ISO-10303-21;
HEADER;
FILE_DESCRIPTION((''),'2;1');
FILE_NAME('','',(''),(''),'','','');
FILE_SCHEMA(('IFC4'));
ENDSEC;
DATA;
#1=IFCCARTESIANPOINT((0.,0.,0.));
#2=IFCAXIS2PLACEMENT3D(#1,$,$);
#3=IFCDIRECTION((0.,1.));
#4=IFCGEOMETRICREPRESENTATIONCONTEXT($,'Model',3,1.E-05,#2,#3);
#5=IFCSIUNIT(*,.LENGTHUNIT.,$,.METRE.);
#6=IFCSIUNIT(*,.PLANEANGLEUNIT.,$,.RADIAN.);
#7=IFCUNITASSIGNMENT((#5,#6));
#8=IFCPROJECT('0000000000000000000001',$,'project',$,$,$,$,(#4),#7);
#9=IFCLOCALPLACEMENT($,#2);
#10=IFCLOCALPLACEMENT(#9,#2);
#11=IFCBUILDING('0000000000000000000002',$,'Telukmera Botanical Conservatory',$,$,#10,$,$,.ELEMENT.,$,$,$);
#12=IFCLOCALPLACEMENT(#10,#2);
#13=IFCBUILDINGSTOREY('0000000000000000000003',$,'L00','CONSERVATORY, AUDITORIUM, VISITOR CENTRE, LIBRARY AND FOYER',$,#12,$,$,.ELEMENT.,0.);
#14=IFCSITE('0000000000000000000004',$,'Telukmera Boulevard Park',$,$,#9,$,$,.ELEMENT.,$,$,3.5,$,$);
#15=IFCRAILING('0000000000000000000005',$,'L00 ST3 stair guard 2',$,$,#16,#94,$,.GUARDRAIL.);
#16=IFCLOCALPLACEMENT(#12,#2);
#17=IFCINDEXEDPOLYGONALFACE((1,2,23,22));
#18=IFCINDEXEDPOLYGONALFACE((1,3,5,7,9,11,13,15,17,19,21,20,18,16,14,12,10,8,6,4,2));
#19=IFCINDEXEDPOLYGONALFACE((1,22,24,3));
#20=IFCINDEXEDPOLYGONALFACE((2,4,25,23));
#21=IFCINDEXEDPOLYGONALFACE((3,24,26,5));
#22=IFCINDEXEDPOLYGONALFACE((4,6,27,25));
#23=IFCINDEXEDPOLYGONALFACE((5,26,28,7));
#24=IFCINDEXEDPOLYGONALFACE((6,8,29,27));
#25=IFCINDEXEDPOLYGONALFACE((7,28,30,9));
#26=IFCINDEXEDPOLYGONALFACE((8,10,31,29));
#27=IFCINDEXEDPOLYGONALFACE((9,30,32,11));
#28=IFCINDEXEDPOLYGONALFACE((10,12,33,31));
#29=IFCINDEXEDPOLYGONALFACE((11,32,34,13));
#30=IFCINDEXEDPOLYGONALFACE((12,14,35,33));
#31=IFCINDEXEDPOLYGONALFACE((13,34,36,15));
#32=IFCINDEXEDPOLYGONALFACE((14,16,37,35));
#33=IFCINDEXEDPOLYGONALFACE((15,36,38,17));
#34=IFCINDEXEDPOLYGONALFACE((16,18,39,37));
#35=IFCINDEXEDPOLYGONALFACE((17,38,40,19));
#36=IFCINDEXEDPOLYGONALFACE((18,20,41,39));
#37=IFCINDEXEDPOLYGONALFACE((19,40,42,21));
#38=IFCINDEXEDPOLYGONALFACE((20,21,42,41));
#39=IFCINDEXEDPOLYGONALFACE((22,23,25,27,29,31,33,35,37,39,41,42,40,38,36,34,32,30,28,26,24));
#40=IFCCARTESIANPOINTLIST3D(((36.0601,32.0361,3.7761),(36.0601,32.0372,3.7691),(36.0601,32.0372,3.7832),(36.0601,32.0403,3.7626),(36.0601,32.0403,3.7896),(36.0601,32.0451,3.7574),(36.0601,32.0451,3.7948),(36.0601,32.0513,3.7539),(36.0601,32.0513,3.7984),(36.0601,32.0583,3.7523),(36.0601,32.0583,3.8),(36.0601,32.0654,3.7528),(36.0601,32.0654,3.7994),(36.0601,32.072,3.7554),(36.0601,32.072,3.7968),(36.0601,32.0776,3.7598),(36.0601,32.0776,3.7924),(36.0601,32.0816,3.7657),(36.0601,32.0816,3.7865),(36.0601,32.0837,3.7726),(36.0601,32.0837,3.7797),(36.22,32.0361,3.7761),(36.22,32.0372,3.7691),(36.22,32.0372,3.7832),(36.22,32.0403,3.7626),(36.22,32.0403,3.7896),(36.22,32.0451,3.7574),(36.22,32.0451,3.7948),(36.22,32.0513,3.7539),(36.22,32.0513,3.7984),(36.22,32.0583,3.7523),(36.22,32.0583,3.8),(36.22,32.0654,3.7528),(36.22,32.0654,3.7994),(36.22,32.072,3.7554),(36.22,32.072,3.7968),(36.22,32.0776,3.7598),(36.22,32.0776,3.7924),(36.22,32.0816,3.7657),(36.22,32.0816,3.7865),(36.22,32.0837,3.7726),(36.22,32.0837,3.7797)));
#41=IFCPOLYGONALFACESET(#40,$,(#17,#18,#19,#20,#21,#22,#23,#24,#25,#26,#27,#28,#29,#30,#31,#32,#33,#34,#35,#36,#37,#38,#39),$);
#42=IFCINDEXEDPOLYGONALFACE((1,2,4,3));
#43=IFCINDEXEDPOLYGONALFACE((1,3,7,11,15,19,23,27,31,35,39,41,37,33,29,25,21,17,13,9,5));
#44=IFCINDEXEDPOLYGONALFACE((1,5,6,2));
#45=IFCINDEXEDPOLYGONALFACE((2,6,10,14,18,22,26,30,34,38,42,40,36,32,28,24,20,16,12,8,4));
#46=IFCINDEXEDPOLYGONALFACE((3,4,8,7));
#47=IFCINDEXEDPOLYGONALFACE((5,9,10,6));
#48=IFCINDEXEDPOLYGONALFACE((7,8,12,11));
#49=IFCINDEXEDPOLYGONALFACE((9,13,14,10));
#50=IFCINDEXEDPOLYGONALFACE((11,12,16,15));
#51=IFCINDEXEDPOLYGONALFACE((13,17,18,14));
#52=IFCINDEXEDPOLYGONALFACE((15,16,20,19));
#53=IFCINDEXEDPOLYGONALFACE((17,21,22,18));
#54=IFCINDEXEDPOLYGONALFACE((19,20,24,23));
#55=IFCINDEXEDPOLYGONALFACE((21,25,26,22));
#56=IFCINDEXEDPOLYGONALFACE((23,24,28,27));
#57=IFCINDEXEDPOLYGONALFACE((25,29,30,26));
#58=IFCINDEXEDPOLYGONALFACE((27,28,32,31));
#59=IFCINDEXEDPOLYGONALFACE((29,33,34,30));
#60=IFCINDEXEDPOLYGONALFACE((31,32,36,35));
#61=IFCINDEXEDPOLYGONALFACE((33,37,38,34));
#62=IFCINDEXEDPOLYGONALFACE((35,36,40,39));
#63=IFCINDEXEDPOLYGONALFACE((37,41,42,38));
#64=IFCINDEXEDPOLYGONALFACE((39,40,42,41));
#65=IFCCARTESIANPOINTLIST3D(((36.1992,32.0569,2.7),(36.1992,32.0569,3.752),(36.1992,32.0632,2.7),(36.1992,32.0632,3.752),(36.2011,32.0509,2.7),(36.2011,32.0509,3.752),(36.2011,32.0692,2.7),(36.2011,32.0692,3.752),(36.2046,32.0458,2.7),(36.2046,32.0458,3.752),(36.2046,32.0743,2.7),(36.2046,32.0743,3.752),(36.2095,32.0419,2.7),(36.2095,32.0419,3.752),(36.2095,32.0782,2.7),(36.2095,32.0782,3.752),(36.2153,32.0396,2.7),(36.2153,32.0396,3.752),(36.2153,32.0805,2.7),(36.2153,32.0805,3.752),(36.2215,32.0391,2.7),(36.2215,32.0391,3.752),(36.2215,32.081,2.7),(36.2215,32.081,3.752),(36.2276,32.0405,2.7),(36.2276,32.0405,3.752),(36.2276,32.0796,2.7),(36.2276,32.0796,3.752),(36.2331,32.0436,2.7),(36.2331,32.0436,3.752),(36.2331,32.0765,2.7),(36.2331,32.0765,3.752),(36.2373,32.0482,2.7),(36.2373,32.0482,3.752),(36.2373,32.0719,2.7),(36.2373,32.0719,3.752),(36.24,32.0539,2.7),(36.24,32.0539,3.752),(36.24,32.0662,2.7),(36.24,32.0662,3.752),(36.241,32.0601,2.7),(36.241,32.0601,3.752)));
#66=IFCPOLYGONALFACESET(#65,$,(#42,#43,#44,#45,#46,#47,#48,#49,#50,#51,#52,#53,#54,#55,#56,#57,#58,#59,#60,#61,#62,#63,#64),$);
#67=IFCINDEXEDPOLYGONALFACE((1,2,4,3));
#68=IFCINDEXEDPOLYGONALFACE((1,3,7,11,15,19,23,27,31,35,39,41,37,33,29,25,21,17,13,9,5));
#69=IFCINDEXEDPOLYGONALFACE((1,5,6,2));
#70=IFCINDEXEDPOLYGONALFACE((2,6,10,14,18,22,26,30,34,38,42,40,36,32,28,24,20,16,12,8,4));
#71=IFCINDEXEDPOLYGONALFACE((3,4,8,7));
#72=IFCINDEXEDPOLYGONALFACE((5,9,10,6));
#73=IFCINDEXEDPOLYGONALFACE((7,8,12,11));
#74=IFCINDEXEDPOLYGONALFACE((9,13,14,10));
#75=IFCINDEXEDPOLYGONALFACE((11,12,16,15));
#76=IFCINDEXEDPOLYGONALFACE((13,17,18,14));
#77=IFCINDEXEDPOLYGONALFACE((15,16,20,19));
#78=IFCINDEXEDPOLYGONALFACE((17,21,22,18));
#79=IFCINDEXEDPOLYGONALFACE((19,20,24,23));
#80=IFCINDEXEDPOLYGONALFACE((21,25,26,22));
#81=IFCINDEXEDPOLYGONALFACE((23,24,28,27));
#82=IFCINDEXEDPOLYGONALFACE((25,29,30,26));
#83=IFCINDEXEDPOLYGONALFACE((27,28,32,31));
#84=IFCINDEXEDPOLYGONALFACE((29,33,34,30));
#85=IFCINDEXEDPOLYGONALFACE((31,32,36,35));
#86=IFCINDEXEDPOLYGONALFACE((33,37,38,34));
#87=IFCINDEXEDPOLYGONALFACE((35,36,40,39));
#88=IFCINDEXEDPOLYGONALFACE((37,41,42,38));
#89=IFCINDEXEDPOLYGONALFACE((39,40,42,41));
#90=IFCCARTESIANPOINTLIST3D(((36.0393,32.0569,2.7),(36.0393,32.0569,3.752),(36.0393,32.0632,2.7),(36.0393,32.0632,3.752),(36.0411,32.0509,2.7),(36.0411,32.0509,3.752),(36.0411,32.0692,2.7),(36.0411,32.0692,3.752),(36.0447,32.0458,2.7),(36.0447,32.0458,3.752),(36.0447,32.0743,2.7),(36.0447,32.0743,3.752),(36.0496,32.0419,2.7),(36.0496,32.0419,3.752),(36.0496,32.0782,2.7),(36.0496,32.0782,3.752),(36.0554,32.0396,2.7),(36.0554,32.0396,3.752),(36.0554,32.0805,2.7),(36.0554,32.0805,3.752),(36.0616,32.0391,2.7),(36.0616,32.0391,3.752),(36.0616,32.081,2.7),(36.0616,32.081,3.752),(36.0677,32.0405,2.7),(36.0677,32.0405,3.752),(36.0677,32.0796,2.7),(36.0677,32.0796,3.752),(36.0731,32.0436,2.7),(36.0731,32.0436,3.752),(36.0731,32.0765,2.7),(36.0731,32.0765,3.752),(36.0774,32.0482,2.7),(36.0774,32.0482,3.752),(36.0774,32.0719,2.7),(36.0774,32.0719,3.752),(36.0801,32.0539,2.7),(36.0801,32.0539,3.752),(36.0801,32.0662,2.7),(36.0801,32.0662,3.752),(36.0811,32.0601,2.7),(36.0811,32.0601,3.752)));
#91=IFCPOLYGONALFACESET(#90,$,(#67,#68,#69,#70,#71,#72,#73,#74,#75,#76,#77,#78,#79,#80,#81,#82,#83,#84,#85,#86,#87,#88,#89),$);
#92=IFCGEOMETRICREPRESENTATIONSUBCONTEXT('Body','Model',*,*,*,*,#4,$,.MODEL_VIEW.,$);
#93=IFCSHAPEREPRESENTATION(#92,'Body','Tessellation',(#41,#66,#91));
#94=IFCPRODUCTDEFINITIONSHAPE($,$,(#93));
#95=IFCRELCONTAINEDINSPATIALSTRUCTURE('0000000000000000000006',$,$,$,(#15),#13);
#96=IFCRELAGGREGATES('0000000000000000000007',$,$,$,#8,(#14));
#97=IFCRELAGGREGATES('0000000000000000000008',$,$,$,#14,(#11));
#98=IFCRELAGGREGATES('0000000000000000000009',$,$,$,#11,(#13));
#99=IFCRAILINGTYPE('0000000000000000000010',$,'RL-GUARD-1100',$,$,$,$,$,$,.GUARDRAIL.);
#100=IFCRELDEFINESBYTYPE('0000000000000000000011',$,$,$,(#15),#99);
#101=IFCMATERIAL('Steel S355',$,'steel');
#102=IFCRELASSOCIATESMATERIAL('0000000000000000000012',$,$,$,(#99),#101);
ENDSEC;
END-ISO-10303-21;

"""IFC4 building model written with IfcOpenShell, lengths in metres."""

from ifc_helpers import new_model, si_unit, direction, frame, origin, origin_2d, place, context, subcontext, project, spatial, circle, extrude, material, type_object, element, save


model = new_model("IFC4")

# Units and contexts
model_context = context("Model", 3, precision=1e-05, world=origin(), true_north=direction((0.0, 1.0)))
body_context = subcontext(model_context, "Body", "Model", "MODEL_VIEW")
ifc_project = project(units=[si_unit("LENGTHUNIT", "METRE"), si_unit("PLANEANGLEUNIT", "RADIAN")], contexts=[model_context])

# Site, building, storey
site_placement = place(None, origin())
site = spatial("IfcSite", under=ifc_project, at=site_placement, Name="Telukmera Boulevard Park", CompositionType="ELEMENT", RefElevation=3.5)
building_placement = place(site_placement, origin())
building = spatial("IfcBuilding", under=site, at=building_placement, Name="Telukmera Botanical Conservatory", CompositionType="ELEMENT")
storey_placement = place(building_placement, origin())
storey = spatial("IfcBuildingStorey", under=building, at=storey_placement, Name="L00", Description="CONSERVATORY, AUDITORIUM, VISITOR CENTRE, LIBRARY AND FOYER", CompositionType="ELEMENT", Elevation=0.0)

# Railing
ifc_material_1 = material(Name="Steel S355", Category="steel")
railing_type_1 = type_object("IfcRailingType", Name="RL-GUARD-1100", PredefinedType="GUARDRAIL", material=ifc_material_1)
railing_1_placement = place(storey_placement, frame((36.22, 32.0601, 2.7)))
element("IfcRailing", 1, at=railing_1_placement, inside=storey, type_object=railing_type_1, Name="L00 ST3 stair guard 2", PredefinedType="GUARDRAIL", context=body_context, shape_type="SweptSolid", body=[
    extrude(circle(Radius=0.0239, at=origin_2d()), frame((0.0, 0.0, 1.0762), z_axis=(-1.0, 0.0, 0.0), x_axis=(0.0, -1.0, 0.0)), (0.0, 0.0, 1.0), 0.1599),
    extrude(circle(Radius=0.021, at=origin_2d()), origin(), (0.0, 0.0, 1.0), 1.052),
    extrude(circle(Radius=0.021, at=origin_2d()), frame((-0.1599, 0.0, 0.0)), (0.0, 0.0, 1.0), 1.052),
])

save(model, "model.ifc")
